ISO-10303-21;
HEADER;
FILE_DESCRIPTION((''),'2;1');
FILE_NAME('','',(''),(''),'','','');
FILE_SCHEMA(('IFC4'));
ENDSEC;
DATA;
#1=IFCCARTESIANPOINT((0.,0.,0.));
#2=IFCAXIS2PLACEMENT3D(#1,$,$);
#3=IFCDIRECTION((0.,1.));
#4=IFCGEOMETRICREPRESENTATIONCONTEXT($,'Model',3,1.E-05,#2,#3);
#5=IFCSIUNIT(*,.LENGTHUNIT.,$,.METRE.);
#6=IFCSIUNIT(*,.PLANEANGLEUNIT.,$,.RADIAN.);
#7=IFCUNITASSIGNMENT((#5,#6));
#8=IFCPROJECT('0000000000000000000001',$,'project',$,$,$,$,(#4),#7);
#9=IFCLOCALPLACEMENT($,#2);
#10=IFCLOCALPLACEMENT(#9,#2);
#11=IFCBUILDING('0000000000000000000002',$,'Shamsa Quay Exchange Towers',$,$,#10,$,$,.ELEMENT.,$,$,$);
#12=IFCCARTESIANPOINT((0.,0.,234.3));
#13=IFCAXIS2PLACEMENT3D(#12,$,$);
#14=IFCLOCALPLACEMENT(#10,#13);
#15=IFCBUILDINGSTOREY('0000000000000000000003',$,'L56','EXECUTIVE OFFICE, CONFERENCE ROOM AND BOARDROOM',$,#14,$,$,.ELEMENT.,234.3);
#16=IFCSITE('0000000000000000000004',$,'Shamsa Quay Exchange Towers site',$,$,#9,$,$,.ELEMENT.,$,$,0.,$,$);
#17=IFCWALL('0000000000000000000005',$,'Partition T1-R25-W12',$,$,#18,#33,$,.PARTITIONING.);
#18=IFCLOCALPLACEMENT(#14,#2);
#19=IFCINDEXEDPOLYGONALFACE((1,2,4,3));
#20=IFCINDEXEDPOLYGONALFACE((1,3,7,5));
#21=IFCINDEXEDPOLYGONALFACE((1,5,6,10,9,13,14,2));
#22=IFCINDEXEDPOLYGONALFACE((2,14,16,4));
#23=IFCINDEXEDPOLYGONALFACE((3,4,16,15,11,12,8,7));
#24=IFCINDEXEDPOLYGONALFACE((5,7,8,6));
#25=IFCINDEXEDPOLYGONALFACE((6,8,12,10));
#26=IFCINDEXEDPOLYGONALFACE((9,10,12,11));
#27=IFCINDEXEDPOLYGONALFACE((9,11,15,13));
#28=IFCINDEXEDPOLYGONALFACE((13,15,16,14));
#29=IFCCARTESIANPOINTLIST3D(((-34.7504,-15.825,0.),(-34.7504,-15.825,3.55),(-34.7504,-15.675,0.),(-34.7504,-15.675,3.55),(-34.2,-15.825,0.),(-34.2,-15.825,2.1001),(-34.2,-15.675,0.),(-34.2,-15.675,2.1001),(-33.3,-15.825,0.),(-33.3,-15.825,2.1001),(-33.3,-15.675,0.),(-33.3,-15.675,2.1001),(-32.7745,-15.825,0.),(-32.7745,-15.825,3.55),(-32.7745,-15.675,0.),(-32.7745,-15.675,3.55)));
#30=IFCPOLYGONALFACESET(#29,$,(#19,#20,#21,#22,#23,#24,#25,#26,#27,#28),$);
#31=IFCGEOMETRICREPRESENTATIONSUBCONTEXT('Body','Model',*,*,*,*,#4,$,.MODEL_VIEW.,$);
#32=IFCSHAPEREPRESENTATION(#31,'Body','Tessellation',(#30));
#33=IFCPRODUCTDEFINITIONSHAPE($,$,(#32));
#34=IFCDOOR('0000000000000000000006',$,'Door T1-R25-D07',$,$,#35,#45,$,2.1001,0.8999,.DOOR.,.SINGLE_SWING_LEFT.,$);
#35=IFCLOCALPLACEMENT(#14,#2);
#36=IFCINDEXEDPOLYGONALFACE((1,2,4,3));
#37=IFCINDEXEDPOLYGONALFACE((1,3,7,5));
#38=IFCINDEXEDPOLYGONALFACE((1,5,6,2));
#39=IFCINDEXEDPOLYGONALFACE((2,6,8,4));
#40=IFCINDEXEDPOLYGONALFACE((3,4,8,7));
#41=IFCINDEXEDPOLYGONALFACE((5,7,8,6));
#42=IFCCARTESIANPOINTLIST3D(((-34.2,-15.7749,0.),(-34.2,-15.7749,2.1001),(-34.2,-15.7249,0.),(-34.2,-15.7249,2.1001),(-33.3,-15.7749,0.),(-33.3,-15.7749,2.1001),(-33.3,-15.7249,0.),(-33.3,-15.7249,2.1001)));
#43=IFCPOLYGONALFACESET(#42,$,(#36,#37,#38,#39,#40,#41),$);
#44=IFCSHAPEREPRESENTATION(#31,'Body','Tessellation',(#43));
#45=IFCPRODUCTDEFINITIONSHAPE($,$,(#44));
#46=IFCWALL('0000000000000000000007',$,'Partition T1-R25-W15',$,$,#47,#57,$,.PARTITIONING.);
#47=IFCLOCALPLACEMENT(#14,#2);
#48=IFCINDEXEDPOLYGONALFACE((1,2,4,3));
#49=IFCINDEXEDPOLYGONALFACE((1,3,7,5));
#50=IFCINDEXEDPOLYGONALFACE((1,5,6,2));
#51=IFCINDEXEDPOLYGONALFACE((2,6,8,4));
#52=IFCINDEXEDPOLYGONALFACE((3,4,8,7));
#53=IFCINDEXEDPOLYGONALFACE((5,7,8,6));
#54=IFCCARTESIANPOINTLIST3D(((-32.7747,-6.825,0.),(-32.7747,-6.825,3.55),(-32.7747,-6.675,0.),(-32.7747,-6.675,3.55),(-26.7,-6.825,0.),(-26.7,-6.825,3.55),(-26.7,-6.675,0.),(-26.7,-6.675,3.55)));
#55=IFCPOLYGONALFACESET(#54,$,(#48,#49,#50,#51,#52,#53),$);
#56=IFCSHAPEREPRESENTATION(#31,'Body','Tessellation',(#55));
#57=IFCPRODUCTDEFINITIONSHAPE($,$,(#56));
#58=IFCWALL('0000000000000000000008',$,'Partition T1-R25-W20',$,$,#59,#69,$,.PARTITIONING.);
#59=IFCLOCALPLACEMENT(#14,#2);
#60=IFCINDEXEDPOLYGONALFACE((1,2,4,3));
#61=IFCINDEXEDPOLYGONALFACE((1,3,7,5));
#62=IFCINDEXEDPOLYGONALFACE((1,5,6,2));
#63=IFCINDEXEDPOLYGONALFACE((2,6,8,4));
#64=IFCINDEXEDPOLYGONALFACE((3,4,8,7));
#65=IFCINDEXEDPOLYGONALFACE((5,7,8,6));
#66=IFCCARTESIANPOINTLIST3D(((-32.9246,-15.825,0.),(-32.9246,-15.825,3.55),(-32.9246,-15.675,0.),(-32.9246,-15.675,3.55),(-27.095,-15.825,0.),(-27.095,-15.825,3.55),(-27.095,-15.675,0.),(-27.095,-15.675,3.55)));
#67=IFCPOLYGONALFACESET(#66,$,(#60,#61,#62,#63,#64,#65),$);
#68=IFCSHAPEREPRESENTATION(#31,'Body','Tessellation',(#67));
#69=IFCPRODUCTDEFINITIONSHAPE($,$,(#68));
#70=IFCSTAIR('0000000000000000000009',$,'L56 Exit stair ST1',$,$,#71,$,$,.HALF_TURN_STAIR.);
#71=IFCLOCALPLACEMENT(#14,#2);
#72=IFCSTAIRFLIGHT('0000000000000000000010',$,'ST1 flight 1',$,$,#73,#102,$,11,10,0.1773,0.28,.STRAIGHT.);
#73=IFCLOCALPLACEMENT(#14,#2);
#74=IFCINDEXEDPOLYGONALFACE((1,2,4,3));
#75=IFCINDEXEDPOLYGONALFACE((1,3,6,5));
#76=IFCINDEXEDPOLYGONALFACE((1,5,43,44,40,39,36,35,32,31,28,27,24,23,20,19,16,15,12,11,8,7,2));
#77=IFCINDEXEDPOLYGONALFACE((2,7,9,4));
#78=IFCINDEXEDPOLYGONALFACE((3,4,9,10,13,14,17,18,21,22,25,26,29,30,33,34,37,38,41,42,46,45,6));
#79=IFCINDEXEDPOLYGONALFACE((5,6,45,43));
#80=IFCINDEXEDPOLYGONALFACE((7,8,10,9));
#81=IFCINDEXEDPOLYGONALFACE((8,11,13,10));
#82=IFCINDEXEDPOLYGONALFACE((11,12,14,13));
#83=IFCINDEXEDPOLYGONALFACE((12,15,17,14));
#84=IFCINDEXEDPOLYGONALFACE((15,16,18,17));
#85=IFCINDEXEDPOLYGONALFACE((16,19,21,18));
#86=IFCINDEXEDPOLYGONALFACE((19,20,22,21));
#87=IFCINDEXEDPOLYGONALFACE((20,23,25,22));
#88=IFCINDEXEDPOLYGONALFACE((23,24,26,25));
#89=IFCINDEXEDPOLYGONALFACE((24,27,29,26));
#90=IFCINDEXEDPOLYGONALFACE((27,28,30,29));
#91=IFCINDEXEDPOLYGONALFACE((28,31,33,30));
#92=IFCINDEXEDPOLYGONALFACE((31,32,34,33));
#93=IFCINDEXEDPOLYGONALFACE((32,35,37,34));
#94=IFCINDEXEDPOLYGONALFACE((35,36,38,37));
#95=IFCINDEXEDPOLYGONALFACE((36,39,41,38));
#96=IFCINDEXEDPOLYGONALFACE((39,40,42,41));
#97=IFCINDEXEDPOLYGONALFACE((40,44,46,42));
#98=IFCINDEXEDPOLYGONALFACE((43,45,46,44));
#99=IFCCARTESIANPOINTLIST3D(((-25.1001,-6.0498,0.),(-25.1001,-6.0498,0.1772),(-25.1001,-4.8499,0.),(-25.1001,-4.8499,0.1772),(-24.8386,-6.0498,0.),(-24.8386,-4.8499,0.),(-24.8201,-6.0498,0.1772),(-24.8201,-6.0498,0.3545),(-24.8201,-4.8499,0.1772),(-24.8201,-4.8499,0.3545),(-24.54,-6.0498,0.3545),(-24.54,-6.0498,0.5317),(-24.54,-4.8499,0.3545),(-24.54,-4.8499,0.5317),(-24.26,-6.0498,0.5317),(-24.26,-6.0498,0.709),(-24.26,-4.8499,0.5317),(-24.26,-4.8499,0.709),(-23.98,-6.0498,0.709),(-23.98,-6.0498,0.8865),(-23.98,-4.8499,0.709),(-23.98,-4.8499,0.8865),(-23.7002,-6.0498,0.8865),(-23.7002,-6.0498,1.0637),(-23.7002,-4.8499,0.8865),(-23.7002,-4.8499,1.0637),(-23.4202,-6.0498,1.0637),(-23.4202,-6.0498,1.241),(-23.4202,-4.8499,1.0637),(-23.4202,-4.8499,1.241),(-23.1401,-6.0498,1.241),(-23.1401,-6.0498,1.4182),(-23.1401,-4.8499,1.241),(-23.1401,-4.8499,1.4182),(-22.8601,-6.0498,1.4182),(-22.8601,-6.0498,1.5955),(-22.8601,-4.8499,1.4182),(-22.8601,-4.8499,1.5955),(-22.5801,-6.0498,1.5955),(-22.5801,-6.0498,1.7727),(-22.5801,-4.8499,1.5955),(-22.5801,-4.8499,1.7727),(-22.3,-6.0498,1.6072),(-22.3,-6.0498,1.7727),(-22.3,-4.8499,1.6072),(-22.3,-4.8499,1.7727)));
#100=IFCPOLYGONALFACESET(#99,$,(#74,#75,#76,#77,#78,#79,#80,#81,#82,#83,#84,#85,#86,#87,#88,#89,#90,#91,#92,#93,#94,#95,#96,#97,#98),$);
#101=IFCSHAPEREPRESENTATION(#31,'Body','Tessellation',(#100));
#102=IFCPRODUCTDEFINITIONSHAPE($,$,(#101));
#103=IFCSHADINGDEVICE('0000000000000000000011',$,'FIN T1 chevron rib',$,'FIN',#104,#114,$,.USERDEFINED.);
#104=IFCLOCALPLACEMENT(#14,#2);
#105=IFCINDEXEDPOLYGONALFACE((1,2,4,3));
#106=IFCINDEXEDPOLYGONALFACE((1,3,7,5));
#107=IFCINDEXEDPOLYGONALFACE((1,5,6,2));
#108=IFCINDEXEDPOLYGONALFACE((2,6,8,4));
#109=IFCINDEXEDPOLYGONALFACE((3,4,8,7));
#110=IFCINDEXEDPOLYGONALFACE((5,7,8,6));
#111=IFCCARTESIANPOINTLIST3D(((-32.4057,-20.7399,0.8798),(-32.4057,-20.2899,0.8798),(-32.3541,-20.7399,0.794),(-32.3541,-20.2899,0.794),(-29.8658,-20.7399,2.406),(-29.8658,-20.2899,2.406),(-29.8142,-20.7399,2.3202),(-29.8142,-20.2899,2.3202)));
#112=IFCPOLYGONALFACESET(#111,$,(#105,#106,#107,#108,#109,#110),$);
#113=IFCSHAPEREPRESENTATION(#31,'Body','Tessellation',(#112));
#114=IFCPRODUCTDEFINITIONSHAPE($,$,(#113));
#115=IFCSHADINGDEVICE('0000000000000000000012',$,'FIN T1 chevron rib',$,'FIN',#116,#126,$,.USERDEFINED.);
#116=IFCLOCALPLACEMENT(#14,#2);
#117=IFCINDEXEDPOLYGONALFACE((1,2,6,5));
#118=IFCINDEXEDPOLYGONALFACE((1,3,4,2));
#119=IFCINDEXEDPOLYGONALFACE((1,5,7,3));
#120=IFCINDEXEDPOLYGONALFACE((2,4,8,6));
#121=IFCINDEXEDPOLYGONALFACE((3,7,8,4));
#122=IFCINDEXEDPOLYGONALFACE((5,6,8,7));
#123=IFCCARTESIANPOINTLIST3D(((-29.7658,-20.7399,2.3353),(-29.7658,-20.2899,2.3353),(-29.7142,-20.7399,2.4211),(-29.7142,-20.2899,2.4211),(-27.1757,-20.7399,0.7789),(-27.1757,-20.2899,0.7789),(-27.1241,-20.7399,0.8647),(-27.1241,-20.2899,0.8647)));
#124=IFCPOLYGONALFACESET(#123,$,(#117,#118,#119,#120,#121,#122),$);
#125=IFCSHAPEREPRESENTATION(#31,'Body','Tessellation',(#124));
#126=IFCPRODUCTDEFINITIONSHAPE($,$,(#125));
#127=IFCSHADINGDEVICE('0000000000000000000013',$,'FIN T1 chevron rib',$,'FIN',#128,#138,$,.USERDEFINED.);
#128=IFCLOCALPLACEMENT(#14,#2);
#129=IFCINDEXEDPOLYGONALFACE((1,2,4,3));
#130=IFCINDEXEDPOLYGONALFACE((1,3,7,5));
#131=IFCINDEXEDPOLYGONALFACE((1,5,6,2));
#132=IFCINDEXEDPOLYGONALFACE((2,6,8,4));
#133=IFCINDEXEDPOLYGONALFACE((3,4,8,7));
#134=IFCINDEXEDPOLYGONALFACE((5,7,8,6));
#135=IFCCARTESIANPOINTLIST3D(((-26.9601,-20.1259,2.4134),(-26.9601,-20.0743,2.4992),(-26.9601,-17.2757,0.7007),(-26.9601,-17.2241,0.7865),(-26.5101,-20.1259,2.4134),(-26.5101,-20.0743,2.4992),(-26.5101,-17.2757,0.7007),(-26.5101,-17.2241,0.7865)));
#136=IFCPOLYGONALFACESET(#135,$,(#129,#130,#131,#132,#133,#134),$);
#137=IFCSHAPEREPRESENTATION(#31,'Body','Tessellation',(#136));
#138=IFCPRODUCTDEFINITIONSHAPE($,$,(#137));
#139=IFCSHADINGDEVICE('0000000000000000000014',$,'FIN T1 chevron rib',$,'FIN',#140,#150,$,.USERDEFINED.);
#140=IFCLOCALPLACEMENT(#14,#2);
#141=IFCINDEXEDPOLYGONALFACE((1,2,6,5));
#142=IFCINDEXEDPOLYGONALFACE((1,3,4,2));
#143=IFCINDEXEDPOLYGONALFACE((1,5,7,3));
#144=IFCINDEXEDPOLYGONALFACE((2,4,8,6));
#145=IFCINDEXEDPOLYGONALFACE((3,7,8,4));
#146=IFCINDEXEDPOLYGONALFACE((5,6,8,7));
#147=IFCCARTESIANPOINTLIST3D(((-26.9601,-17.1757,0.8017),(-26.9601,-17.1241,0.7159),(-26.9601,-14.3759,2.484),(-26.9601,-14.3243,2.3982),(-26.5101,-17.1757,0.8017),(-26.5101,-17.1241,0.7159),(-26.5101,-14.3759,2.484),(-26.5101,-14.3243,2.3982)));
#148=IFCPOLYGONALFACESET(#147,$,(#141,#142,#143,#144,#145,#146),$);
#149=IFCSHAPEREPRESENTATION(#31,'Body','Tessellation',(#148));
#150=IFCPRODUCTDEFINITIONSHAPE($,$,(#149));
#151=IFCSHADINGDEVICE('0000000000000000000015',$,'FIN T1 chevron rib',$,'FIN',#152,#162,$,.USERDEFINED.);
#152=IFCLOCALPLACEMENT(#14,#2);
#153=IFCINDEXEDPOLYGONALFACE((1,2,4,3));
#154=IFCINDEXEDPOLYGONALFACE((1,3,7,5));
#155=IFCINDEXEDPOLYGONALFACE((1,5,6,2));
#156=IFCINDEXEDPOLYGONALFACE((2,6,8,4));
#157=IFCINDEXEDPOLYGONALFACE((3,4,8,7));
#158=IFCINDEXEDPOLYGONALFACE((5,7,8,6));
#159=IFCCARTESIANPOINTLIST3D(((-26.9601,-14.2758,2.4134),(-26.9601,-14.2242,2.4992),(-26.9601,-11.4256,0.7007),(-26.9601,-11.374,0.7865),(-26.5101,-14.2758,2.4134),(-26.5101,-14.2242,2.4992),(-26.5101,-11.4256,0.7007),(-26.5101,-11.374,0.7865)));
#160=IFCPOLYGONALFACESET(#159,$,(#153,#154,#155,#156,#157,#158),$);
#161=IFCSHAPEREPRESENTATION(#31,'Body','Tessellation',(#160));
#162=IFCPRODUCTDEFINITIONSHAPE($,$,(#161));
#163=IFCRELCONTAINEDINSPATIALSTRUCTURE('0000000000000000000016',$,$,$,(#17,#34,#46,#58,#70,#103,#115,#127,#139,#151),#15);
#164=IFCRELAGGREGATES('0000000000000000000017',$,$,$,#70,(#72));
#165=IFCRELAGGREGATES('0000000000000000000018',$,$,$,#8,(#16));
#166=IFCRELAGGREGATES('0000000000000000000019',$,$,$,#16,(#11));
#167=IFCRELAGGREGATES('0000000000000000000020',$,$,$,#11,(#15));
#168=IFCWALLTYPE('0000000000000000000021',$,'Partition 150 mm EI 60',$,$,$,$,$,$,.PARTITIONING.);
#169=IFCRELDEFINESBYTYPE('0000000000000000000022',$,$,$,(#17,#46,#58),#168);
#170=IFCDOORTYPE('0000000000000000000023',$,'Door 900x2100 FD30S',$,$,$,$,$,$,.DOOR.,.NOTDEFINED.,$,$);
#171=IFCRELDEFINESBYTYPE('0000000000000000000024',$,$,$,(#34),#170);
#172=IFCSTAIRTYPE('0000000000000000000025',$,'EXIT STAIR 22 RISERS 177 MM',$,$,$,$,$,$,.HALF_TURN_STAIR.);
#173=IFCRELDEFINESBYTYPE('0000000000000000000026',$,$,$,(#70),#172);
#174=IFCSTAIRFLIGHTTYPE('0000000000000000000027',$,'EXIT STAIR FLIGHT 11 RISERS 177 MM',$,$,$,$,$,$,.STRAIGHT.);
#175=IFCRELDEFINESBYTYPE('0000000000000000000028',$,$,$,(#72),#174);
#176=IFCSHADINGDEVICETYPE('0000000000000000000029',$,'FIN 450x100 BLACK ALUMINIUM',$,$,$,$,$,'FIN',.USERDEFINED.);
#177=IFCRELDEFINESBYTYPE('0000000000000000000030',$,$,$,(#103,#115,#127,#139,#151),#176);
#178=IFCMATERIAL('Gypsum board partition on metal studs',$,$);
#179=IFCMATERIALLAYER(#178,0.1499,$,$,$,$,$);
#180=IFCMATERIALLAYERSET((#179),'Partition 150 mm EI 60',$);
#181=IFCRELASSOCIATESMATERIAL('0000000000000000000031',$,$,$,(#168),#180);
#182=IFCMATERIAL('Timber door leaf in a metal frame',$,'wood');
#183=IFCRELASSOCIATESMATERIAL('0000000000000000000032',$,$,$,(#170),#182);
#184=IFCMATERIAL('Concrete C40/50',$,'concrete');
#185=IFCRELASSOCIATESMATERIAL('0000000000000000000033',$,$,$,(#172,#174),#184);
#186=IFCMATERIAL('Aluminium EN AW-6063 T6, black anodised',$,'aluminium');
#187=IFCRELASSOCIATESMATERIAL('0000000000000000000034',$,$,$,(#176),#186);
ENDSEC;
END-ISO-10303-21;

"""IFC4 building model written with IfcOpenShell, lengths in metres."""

from ifc_helpers import new_model, si_unit, direction, frame, frame_2d, origin, origin_2d, place, context, subcontext, project, spatial, polyline, rectangle, outline, extrude, material, layer, layer_set, material_profile, profile_set, type_object, element, fill, aggregate, save


model = new_model("IFC4")

# Units and contexts
model_context = context("Model", 3, precision=1e-05, world=origin(), true_north=direction((0.0, 1.0)))
body_context = subcontext(model_context, "Body", "Model", "MODEL_VIEW")
ifc_project = project(units=[si_unit("LENGTHUNIT", "METRE"), si_unit("PLANEANGLEUNIT", "RADIAN")], contexts=[model_context])

# Site, building, storey
site_placement = place(None, origin())
site = spatial("IfcSite", under=ifc_project, at=site_placement, Name="Shamsa Quay Exchange Towers site", CompositionType="ELEMENT", RefElevation=0.0)
building_placement = place(site_placement, origin())
building = spatial("IfcBuilding", under=site, at=building_placement, Name="Shamsa Quay Exchange Towers", CompositionType="ELEMENT")
storey_placement = place(building_placement, frame((0.0, 0.0, 234.3)))
storey = spatial("IfcBuildingStorey", under=building, at=storey_placement, Name="L56", Description="EXECUTIVE OFFICE, CONFERENCE ROOM AND BOARDROOM", CompositionType="ELEMENT", Elevation=234.3)

# Shared definitions
ifc_material_1 = material(Name="Aluminium EN AW-6063 T6, black anodised", Category="aluminium")

# Shared definitions
ifc_material_2 = material(Name="Timber door leaf in a metal frame", Category="wood")

# Wall, opening, door
ifc_material_3 = material(Name="Gypsum board partition on metal studs")
ifc_layer_1 = layer(ifc_material_3, 0.1499)
ifc_layer_set_1 = layer_set([ifc_layer_1], Name="Partition 150 mm EI 60")
wall_type_1 = type_object("IfcWallType", Name="Partition 150 mm EI 60", PredefinedType="PARTITIONING", material=ifc_layer_set_1)
wall_1_placement = place(storey_placement, frame((-32.7747, -15.75, 0.0), z_axis=(0.0, 0.0, 1.0), x_axis=(-1.0, 0.0, 0.0)))
wall_1 = element("IfcWall", 1, at=wall_1_placement, inside=storey, type_object=wall_type_1, Name="Partition T1-R25-W12", PredefinedType="PARTITIONING", context=body_context, shape_type="SweptSolid", body=[
    extrude(rectangle(XDim=1.9758, YDim=0.1499, at=frame_2d((0.9878, 0.0))), origin(), (0.0, 0.0, 1.0), 3.55),
])
opening_1_placement = place(wall_1_placement, frame((0.5254, 0.0, 0.0)))
opening_1 = element("IfcOpeningElement", 2, at=opening_1_placement, cuts=wall_1, PredefinedType="OPENING", context=body_context, shape_type="SweptSolid", body=[
    extrude(rectangle(XDim=0.8999, YDim=2.1001, at=frame_2d((0.45, 1.05))), frame((0.0, 0.085, 0.0), z_axis=(0.0, -1.0, 0.0), x_axis=(1.0, 0.0, 0.0)), (0.0, 0.0, 1.0), 0.1699),
])
door_type_1 = type_object("IfcDoorType", Name="Door 900x2100 FD30S", OperationType="NOTDEFINED", PredefinedType="DOOR", material=ifc_material_2)
door_1_placement = place(opening_1_placement, origin())
door_1 = element("IfcDoor", 3, at=door_1_placement, inside=storey, type_object=door_type_1, Name="Door T1-R25-D07", OperationType="SINGLE_SWING_LEFT", OverallHeight=2.1001, OverallWidth=0.8999, PredefinedType="DOOR", context=body_context, shape_type="SweptSolid", body=[
    extrude(rectangle(XDim=0.8999, YDim=2.1001, at=frame_2d((0.45, 1.05))), frame((0.0, 0.0249, 0.0), z_axis=(0.0, -1.0, 0.0), x_axis=(1.0, 0.0, 0.0)), (0.0, 0.0, 1.0), 0.05),
])
fill(opening_1, door_1)

# Walls
wall_2_placement = place(storey_placement, frame((-32.7747, -6.75, 0.0)))
element("IfcWall", 4, at=wall_2_placement, inside=storey, type_object=wall_type_1, Name="Partition T1-R25-W15", PredefinedType="PARTITIONING", context=body_context, shape_type="SweptSolid", body=[
    extrude(rectangle(XDim=6.0747, YDim=0.1499, at=frame_2d((3.0374, 0.0))), origin(), (0.0, 0.0, 1.0), 3.55),
])
wall_3_placement = place(storey_placement, frame((-32.9246, -15.75, 0.0)))
element("IfcWall", 5, at=wall_3_placement, inside=storey, type_object=wall_type_1, Name="Partition T1-R25-W20", PredefinedType="PARTITIONING", context=body_context, shape_type="SweptSolid", body=[
    extrude(rectangle(XDim=5.8296, YDim=0.1499, at=frame_2d((2.9148, 0.0))), origin(), (0.0, 0.0, 1.0), 3.55),
])

# Stair, stair flight
ifc_material_4 = material(Name="Concrete C40/50", Category="concrete")
stair_type = type_object("IfcStairType", Name="EXIT STAIR 22 RISERS 177 MM", PredefinedType="HALF_TURN_STAIR", material=ifc_material_4)
stair_placement = place(storey_placement, origin())
stair = element("IfcStair", 6, at=stair_placement, inside=storey, type_object=stair_type, Name="L56 Exit stair ST1", PredefinedType="HALF_TURN_STAIR")
stair_flight_type = type_object("IfcStairFlightType", Name="EXIT STAIR FLIGHT 11 RISERS 177 MM", PredefinedType="STRAIGHT", material=ifc_material_4)
stair_flight_placement = place(storey_placement, frame((-25.1001, -5.45, 0.0)))
stair_flight = element("IfcStairFlight", 7, at=stair_flight_placement, type_object=stair_flight_type, Name="ST1 flight 1", NumberOfRisers=11, NumberOfTreads=10, PredefinedType="STRAIGHT", RiserHeight=0.1773, TreadLength=0.28, context=body_context, shape_type="SweptSolid", body=[
    extrude(outline(polyline([(0.0, 0.0), (0.0, 0.1772), (0.28, 0.1772), (0.28, 0.3545), (0.5601, 0.3545), (0.5601, 0.5317), (0.8401, 0.5317), (0.8401, 0.709), (1.1201, 0.709), (1.1201, 0.8865), (1.3999, 0.8865), (1.3999, 1.0637), (1.6799, 1.0637), (1.6799, 1.241), (1.96, 1.241), (1.96, 1.4182), (2.24, 1.4182), (2.24, 1.5955), (2.52, 1.5955), (2.52, 1.7727), (2.8, 1.7727), (2.8, 1.95), (2.8, 1.6072), (0.2615, 0.0), (0.0, 0.0)])), frame((0.0, 0.6001, 0.0), z_axis=(0.0, -1.0, 0.0), x_axis=(1.0, 0.0, 0.0)), (0.0, 0.0, 1.0), 1.2),
])
aggregate(stair, [stair_flight])

# Shading devices
ifc_material_profile_1 = material_profile(ifc_material_1, rectangle(XDim=0.45, YDim=0.1001, at=origin_2d()), Name="FIN450x100")
ifc_profile_set_1 = profile_set([ifc_material_profile_1], Name="Aluminium EN AW-6063 T6, black anodised")
shading_device_type = type_object("IfcShadingDeviceType", Name="FIN 450x100 BLACK ALUMINIUM", ElementType="FIN", PredefinedType="USERDEFINED", material=ifc_profile_set_1)
shading_device_1_placement = place(storey_placement, frame((-32.3799, -20.5149, 0.8369), z_axis=(0.857158, 0.0, 0.515053), x_axis=(0.0, 1.0, 0.0)))
element("IfcShadingDevice", 8, at=shading_device_1_placement, inside=storey, type_object=shading_device_type, Name="FIN T1 chevron rib", ObjectType="FIN", PredefinedType="USERDEFINED", context=body_context, shape_type="SweptSolid", body=[
    extrude(rectangle(XDim=0.45, YDim=0.1001, at=origin_2d()), origin(), (0.0, 0.0, 1.0), 2.9631),
])
shading_device_2_placement = place(storey_placement, frame((-29.74, -20.5149, 2.3782), z_axis=(0.857151, 0.0, -0.515066), x_axis=(0.0, 1.0, 0.0)))
element("IfcShadingDevice", 9, at=shading_device_2_placement, inside=storey, type_object=shading_device_type, Name="FIN T1 chevron rib", ObjectType="FIN", PredefinedType="USERDEFINED", context=body_context, shape_type="SweptSolid", body=[
    extrude(rectangle(XDim=0.45, YDim=0.1001, at=origin_2d()), origin(), (0.0, 0.0, 1.0), 3.0217),
])
shading_device_3_placement = place(storey_placement, frame((-26.7351, -20.1001, 2.4563), z_axis=(0.0, 0.857149, -0.515068), x_axis=(-1.0, 0.0, 0.0)))
element("IfcShadingDevice", 10, at=shading_device_3_placement, inside=storey, type_object=shading_device_type, Name="FIN T1 chevron rib", ObjectType="FIN", PredefinedType="USERDEFINED", context=body_context, shape_type="SweptSolid", body=[
    extrude(rectangle(XDim=0.45, YDim=0.1001, at=origin_2d()), origin(), (0.0, 0.0, 1.0), 3.3252),
])
shading_device_4_placement = place(storey_placement, frame((-26.7351, -17.1499, 0.7588), z_axis=(0.0, 0.857156, 0.515056), x_axis=(-1.0, 0.0, 0.0)))
element("IfcShadingDevice", 11, at=shading_device_4_placement, inside=storey, type_object=shading_device_type, Name="FIN T1 chevron rib", ObjectType="FIN", PredefinedType="USERDEFINED", context=body_context, shape_type="SweptSolid", body=[
    extrude(rectangle(XDim=0.45, YDim=0.1001, at=origin_2d()), origin(), (0.0, 0.0, 1.0), 3.2664),
])
shading_device_5_placement = place(storey_placement, frame((-26.7351, -14.25, 2.4563), z_axis=(0.0, 0.857149, -0.515068), x_axis=(-1.0, 0.0, 0.0)))
element("IfcShadingDevice", 12, at=shading_device_5_placement, inside=storey, type_object=shading_device_type, Name="FIN T1 chevron rib", ObjectType="FIN", PredefinedType="USERDEFINED", context=body_context, shape_type="SweptSolid", body=[
    extrude(rectangle(XDim=0.45, YDim=0.1001, at=origin_2d()), origin(), (0.0, 0.0, 1.0), 3.3252),
])

save(model, "model.ifc")
